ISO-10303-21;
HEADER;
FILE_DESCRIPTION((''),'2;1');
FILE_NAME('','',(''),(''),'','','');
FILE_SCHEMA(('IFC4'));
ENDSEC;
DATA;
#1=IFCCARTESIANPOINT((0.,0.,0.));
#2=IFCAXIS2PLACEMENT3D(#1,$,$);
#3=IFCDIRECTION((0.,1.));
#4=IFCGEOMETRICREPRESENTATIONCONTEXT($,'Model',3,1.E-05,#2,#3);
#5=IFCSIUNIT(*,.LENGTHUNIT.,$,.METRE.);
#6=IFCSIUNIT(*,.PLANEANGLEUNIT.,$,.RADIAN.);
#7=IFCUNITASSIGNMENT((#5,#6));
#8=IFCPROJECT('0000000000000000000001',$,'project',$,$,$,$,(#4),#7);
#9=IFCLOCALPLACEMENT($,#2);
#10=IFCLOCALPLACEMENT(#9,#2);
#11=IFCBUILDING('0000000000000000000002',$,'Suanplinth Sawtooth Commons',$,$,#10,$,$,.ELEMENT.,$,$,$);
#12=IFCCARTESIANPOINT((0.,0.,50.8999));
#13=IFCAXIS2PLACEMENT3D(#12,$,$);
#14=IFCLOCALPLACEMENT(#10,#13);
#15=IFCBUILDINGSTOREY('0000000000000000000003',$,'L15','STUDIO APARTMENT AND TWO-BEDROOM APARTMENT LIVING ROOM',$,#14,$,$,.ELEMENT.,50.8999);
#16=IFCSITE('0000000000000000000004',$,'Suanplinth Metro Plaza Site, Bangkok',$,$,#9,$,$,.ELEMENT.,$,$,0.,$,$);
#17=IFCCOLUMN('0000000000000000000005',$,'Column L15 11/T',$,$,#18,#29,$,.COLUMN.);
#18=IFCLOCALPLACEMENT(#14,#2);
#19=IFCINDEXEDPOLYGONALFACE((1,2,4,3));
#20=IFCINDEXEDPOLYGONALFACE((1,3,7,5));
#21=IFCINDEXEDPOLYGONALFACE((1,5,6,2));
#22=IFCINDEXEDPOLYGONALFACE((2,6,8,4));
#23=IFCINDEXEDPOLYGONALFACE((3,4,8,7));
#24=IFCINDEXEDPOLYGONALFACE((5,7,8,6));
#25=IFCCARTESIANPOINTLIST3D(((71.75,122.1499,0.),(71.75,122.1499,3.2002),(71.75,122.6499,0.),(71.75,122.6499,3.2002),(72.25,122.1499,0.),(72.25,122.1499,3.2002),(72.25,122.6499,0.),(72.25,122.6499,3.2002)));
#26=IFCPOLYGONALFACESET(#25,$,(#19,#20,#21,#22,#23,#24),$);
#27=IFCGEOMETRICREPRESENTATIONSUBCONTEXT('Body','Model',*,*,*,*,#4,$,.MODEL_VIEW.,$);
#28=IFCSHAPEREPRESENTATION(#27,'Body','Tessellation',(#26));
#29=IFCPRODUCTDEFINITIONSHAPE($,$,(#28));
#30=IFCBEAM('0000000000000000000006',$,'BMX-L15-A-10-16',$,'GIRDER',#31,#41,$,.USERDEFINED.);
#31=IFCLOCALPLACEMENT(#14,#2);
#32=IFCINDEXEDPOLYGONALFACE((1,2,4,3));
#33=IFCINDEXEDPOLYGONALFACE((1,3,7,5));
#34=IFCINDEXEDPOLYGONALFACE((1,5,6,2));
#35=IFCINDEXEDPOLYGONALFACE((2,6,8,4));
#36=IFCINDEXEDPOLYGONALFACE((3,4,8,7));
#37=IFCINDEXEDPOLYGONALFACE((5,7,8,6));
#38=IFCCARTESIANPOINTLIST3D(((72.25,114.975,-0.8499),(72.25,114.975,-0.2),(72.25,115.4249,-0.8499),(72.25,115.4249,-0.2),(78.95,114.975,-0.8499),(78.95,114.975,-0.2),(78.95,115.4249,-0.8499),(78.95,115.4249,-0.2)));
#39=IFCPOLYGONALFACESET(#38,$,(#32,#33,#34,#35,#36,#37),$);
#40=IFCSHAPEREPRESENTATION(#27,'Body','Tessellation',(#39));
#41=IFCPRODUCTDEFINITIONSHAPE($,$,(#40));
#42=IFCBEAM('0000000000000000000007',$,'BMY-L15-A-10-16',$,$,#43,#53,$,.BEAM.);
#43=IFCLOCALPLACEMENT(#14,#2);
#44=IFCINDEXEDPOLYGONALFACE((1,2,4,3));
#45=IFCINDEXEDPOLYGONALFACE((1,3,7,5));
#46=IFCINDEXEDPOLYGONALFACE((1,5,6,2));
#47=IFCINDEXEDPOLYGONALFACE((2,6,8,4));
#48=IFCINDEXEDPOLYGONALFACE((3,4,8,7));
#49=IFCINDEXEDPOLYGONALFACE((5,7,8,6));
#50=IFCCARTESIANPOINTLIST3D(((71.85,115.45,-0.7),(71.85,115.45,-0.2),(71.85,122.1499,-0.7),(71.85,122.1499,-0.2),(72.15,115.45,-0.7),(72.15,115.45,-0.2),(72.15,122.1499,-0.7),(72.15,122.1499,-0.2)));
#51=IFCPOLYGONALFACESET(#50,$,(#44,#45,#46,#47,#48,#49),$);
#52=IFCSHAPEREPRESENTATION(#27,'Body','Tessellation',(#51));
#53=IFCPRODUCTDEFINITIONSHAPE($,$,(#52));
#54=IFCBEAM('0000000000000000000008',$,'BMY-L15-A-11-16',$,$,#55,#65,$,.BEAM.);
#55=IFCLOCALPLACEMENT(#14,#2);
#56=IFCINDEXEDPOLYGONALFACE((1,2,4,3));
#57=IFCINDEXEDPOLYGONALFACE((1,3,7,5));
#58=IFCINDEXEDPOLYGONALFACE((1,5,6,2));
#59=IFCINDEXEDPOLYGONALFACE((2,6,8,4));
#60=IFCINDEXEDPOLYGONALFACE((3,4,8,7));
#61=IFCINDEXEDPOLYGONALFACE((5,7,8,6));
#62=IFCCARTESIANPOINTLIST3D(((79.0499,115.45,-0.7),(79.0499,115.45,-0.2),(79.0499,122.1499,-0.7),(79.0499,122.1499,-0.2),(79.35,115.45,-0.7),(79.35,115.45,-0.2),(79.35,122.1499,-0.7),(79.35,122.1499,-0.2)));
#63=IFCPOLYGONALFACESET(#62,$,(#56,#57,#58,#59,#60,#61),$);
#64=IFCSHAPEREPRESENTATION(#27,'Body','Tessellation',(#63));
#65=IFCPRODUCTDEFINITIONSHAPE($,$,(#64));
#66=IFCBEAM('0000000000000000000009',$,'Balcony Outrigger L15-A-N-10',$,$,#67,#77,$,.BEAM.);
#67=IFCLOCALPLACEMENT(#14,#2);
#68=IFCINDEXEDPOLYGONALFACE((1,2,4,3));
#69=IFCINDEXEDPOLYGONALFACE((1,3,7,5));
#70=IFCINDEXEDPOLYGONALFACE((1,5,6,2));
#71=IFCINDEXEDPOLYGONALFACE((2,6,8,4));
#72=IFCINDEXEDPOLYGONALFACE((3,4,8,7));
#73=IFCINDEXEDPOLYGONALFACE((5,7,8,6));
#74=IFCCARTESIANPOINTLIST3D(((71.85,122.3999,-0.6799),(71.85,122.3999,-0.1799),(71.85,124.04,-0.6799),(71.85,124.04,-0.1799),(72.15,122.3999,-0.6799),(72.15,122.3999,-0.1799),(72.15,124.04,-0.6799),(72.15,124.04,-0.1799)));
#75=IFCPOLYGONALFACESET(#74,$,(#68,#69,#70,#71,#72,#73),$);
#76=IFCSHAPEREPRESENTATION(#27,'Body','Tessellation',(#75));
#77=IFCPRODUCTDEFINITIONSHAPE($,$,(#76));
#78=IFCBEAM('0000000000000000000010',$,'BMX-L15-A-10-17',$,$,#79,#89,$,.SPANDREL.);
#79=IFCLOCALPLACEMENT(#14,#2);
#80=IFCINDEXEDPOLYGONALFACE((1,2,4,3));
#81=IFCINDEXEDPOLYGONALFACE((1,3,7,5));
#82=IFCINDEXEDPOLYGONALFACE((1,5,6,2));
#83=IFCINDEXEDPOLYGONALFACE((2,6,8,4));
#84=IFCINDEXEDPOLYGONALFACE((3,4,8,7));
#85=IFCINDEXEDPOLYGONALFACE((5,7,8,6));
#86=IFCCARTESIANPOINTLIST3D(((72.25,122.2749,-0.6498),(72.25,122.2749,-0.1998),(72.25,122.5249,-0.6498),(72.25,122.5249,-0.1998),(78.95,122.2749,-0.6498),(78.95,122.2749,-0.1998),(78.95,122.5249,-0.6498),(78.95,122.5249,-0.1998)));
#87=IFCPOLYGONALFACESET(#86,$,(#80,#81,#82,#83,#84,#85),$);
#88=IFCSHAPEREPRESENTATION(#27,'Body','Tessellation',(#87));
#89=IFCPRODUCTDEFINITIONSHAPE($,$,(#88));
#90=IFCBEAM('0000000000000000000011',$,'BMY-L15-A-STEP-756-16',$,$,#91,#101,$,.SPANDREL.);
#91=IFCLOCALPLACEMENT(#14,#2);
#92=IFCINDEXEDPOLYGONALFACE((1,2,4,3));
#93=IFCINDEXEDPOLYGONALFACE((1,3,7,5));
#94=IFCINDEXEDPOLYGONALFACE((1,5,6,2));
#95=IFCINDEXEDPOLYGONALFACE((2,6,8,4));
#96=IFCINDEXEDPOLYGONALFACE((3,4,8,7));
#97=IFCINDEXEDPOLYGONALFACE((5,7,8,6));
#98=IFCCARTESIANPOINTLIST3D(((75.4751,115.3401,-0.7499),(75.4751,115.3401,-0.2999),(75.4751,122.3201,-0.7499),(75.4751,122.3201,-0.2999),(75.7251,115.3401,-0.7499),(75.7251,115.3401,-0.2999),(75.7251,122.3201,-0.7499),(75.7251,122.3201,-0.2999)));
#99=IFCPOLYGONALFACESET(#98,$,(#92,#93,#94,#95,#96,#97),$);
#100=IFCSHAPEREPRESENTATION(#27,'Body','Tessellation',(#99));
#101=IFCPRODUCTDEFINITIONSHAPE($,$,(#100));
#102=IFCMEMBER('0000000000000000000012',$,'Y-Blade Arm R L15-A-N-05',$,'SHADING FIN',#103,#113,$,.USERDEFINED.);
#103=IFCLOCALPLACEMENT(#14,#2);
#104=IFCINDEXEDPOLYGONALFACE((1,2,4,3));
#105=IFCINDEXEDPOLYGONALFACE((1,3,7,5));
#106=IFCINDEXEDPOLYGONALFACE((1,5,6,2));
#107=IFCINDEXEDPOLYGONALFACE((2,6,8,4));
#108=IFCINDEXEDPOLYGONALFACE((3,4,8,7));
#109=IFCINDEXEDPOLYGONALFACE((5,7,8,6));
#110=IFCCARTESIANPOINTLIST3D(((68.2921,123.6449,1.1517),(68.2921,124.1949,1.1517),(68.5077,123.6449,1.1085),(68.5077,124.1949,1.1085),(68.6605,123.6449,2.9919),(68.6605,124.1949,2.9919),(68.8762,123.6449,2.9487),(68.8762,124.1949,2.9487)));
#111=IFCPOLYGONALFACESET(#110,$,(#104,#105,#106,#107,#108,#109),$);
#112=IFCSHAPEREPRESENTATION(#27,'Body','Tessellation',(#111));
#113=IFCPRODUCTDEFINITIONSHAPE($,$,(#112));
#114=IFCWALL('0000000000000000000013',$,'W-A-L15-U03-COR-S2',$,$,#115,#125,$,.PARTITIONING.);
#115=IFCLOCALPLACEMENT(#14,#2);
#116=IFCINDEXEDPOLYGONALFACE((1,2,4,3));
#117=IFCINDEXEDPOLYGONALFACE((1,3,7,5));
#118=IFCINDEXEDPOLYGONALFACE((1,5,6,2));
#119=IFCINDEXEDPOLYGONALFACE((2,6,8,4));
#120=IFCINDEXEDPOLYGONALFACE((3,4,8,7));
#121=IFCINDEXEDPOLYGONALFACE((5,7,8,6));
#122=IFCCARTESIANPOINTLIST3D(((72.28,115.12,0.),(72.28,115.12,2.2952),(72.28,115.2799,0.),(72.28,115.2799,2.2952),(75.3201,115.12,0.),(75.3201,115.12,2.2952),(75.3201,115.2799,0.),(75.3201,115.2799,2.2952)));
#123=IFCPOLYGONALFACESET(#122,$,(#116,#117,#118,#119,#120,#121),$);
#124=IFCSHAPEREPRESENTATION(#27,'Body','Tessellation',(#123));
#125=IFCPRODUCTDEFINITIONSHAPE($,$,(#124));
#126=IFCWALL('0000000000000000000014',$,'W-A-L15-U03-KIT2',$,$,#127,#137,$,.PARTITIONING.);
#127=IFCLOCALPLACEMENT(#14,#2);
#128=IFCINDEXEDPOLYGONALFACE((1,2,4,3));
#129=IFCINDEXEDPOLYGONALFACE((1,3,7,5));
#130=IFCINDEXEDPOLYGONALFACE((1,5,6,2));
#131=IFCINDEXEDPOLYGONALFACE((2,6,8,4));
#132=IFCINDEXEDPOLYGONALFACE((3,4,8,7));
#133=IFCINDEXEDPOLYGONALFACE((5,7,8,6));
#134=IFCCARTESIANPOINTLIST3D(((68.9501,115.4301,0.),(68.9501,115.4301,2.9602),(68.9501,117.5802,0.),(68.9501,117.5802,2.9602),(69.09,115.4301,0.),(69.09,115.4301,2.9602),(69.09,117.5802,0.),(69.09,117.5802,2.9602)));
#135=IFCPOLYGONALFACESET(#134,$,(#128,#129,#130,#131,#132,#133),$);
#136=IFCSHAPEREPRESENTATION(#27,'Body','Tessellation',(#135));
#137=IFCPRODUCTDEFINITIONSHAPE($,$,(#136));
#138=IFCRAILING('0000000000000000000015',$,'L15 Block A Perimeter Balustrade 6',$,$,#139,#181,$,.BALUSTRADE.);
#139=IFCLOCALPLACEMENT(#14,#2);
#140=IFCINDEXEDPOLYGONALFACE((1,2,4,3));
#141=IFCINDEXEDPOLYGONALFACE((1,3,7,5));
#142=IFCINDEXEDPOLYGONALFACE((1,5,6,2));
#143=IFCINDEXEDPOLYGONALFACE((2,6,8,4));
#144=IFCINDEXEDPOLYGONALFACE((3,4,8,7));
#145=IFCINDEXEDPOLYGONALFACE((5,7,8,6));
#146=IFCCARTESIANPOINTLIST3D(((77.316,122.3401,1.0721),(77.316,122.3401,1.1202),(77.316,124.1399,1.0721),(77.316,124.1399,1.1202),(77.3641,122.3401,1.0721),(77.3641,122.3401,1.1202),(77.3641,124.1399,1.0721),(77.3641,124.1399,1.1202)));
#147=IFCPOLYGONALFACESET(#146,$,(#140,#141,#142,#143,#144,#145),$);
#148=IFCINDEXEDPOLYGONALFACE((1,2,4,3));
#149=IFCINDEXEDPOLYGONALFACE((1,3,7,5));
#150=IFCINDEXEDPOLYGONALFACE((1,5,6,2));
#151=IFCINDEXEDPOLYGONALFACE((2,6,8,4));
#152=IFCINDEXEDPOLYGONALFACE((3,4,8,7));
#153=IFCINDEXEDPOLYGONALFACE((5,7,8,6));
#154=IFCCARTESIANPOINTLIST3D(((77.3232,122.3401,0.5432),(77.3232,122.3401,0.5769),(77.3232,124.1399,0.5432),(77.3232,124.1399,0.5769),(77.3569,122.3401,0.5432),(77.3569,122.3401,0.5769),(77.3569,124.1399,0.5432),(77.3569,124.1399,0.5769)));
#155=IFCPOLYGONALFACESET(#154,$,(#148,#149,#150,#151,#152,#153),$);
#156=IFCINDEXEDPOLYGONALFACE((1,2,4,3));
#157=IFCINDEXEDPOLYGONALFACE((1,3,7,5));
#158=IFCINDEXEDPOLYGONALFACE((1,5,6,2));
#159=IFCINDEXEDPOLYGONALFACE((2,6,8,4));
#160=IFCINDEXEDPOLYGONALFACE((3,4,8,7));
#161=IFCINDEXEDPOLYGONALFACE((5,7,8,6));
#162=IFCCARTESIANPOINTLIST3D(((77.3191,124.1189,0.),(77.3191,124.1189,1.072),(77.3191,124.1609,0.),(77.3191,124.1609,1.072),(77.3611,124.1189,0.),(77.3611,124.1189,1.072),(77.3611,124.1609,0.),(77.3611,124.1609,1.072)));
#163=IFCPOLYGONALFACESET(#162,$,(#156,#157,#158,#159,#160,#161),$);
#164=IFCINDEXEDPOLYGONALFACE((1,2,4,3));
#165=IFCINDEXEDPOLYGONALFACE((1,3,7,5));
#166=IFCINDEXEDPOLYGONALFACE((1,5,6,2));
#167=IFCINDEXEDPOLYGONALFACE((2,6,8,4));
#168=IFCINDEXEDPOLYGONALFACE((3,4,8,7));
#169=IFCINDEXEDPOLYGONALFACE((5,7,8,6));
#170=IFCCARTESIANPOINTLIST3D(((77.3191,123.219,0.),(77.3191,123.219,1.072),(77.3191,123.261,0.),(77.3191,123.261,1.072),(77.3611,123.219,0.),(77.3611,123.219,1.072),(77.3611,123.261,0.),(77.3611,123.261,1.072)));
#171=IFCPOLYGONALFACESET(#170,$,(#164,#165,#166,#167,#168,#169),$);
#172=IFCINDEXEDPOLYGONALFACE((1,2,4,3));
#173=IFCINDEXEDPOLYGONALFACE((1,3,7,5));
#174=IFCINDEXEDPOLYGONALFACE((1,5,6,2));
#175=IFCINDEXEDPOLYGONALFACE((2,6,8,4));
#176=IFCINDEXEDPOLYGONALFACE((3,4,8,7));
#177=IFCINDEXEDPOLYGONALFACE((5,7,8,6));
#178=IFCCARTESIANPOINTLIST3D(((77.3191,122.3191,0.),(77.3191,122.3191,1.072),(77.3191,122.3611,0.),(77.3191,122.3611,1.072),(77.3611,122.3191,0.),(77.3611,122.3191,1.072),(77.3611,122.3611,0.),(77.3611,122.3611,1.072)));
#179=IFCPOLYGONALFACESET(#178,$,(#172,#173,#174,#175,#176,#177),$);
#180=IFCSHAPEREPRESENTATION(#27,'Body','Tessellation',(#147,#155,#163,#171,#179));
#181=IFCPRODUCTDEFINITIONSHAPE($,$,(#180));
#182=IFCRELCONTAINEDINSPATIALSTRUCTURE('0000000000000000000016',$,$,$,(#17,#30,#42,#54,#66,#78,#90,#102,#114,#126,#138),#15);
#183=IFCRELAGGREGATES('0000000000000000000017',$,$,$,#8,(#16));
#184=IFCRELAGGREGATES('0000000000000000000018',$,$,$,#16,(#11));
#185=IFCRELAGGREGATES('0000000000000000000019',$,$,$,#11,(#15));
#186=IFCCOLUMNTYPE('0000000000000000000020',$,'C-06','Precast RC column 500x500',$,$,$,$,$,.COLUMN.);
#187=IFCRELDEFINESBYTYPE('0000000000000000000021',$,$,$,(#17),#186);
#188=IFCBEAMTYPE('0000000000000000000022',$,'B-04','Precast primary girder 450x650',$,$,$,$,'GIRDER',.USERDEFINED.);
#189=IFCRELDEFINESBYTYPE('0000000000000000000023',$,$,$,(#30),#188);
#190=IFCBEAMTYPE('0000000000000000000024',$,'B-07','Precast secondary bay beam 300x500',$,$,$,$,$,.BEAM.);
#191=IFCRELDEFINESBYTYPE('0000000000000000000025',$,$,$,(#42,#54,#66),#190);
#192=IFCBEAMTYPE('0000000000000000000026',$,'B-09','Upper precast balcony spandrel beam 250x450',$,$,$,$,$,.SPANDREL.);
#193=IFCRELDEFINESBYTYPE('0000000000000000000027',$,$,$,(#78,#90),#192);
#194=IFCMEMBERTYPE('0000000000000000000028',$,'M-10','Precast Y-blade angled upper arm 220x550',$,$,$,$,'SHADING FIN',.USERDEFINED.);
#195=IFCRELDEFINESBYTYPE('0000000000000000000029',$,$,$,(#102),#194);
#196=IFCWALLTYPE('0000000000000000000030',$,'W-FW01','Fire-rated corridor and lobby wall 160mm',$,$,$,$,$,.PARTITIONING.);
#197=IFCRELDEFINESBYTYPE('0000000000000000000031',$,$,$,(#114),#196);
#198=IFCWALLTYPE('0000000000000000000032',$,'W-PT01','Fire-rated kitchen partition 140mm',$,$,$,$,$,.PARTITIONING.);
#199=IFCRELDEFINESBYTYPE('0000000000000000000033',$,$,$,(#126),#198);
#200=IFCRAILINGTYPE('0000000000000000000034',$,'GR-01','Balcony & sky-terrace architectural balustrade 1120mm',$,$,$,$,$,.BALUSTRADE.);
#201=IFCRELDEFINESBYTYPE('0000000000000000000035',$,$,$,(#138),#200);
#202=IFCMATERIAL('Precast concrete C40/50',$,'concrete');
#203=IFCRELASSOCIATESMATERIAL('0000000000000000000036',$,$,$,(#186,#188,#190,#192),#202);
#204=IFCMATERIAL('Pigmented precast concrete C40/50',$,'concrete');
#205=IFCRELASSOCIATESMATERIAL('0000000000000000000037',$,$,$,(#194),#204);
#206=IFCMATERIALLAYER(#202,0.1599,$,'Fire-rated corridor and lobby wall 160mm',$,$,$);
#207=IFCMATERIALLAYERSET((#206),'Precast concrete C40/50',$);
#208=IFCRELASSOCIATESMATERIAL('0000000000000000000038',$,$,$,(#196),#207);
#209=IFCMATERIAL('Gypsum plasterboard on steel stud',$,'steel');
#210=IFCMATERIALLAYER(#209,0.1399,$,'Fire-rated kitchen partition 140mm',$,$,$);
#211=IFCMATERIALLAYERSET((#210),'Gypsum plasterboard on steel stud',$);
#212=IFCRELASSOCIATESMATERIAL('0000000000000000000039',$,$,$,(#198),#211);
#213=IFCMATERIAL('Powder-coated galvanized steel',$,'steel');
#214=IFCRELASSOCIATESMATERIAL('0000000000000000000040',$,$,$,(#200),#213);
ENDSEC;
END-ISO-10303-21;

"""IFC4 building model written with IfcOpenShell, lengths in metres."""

from ifc_helpers import new_model, si_unit, direction, frame, frame_2d, origin, origin_2d, place, context, subcontext, project, spatial, rectangle, extrude, material, layer, layer_set, material_profile, profile_set, type_object, element, save


model = new_model("IFC4")

# Units and contexts
model_context = context("Model", 3, precision=1e-05, world=origin(), true_north=direction((0.0, 1.0)))
body_context = subcontext(model_context, "Body", "Model", "MODEL_VIEW")
ifc_project = project(units=[si_unit("LENGTHUNIT", "METRE"), si_unit("PLANEANGLEUNIT", "RADIAN")], contexts=[model_context])

# Site, building, storey
site_placement = place(None, origin())
site = spatial("IfcSite", under=ifc_project, at=site_placement, Name="Suanplinth Metro Plaza Site, Bangkok", CompositionType="ELEMENT", RefElevation=0.0)
building_placement = place(site_placement, origin())
building = spatial("IfcBuilding", under=site, at=building_placement, Name="Suanplinth Sawtooth Commons", CompositionType="ELEMENT")
storey_placement = place(building_placement, frame((0.0, 0.0, 50.8999)))
storey = spatial("IfcBuildingStorey", under=building, at=storey_placement, Name="L15", Description="STUDIO APARTMENT AND TWO-BEDROOM APARTMENT LIVING ROOM", CompositionType="ELEMENT", Elevation=50.8999)

# Column
ifc_material_1 = material(Name="Precast concrete C40/50", Category="concrete")
ifc_material_profile_1 = material_profile(ifc_material_1, rectangle(XDim=0.5, YDim=0.5, at=origin_2d()), Name="PC-COL 500x500")
ifc_profile_set_1 = profile_set([ifc_material_profile_1], Name="Precast concrete C40/50")
column_type = type_object("IfcColumnType", Name="C-06", Description="Precast RC column 500x500", PredefinedType="COLUMN", material=ifc_profile_set_1)
column_placement = place(storey_placement, frame((72.0, 122.3999, 0.0), z_axis=(0.0, 0.0, 1.0), x_axis=(1.0, 0.0, 0.0)))
element("IfcColumn", 1, at=column_placement, inside=storey, type_object=column_type, Name="Column L15 11/T", PredefinedType="COLUMN", context=body_context, shape_type="SweptSolid", body=[
    extrude(rectangle(XDim=0.5, YDim=0.5, at=origin_2d()), origin(), (0.0, 0.0, 1.0), 3.2002),
])

# Beams
ifc_material_profile_2 = material_profile(ifc_material_1, rectangle(XDim=0.45, YDim=0.6499, at=origin_2d()), Name="PC-GDR 450x650")
ifc_profile_set_2 = profile_set([ifc_material_profile_2], Name="Precast concrete C40/50")
beam_type_1 = type_object("IfcBeamType", Name="B-04", Description="Precast primary girder 450x650", ElementType="GIRDER", PredefinedType="USERDEFINED", material=ifc_profile_set_2)
beam_1_placement = place(storey_placement, frame((72.25, 115.2, -0.5249), z_axis=(1.0, 0.0, 0.0), x_axis=(0.0, 1.0, 0.0)))
element("IfcBeam", 2, at=beam_1_placement, inside=storey, type_object=beam_type_1, Name="BMX-L15-A-10-16", ObjectType="GIRDER", PredefinedType="USERDEFINED", context=body_context, shape_type="SweptSolid", body=[
    extrude(rectangle(XDim=0.45, YDim=0.6499, at=origin_2d()), origin(), (0.0, 0.0, 1.0), 6.7),
])
ifc_material_profile_3 = material_profile(ifc_material_1, rectangle(XDim=0.3, YDim=0.5, at=origin_2d()), Name="PC-BM 300x500")
ifc_profile_set_3 = profile_set([ifc_material_profile_3], Name="Precast concrete C40/50")
beam_type_2 = type_object("IfcBeamType", Name="B-07", Description="Precast secondary bay beam 300x500", PredefinedType="BEAM", material=ifc_profile_set_3)
for number, where, z_axis, x_axis, name in (
    (3, (72.0, 115.45, -0.45), (0.0, 1.0, 0.0), (-1.0, 0.0, 0.0), "BMY-L15-A-10-16"),
    (4, (79.2, 115.45, -0.45), (0.0, 1.0, 0.0), (-1.0, 0.0, 0.0), "BMY-L15-A-11-16"),
):
    element("IfcBeam", number, at=place(storey_placement, frame(where, z_axis=z_axis, x_axis=x_axis)), inside=storey, type_object=beam_type_2, Name=name, PredefinedType="BEAM", context=body_context, shape_type="SweptSolid", body=[
        extrude(rectangle(XDim=0.3, YDim=0.5, at=origin_2d()), origin(), (0.0, 0.0, 1.0), 6.7),
    ])
beam_2_placement = place(storey_placement, frame((72.0, 122.3999, -0.4299), z_axis=(0.0, 1.0, 0.0), x_axis=(-1.0, 0.0, 0.0)))
element("IfcBeam", 5, at=beam_2_placement, inside=storey, type_object=beam_type_2, Name="Balcony Outrigger L15-A-N-10", PredefinedType="BEAM", context=body_context, shape_type="SweptSolid", body=[
    extrude(rectangle(XDim=0.3, YDim=0.5, at=origin_2d()), origin(), (0.0, 0.0, 1.0), 1.6401),
])
ifc_material_profile_4 = material_profile(ifc_material_1, rectangle(XDim=0.25, YDim=0.45, at=origin_2d()), Name="PC-SP 250x450")
ifc_profile_set_4 = profile_set([ifc_material_profile_4], Name="Precast concrete C40/50")
beam_type_3 = type_object("IfcBeamType", Name="B-09", Description="Upper precast balcony spandrel beam 250x450", PredefinedType="SPANDREL", material=ifc_profile_set_4)
beam_3_placement = place(storey_placement, frame((72.25, 122.3999, -0.4248), z_axis=(1.0, 0.0, 0.0), x_axis=(0.0, 1.0, 0.0)))
element("IfcBeam", 6, at=beam_3_placement, inside=storey, type_object=beam_type_3, Name="BMX-L15-A-10-17", PredefinedType="SPANDREL", context=body_context, shape_type="SweptSolid", body=[
    extrude(rectangle(XDim=0.25, YDim=0.45, at=origin_2d()), origin(), (0.0, 0.0, 1.0), 6.7),
])
beam_4_placement = place(storey_placement, frame((75.6001, 115.3401, -0.5249), z_axis=(0.0, 1.0, 0.0), x_axis=(-1.0, 0.0, 0.0)))
element("IfcBeam", 7, at=beam_4_placement, inside=storey, type_object=beam_type_3, Name="BMY-L15-A-STEP-756-16", PredefinedType="SPANDREL", context=body_context, shape_type="SweptSolid", body=[
    extrude(rectangle(XDim=0.25, YDim=0.45, at=origin_2d()), origin(), (0.0, 0.0, 1.0), 6.98),
])

# Member
ifc_material_2 = material(Name="Pigmented precast concrete C40/50", Category="concrete")
ifc_material_profile_5 = material_profile(ifc_material_2, rectangle(XDim=0.22, YDim=0.55, at=origin_2d()), Name="PC-FIN 220x550")
ifc_profile_set_5 = profile_set([ifc_material_profile_5], Name="Pigmented precast concrete C40/50")
member_type = type_object("IfcMemberType", Name="M-10", Description="Precast Y-blade angled upper arm 220x550", ElementType="SHADING FIN", PredefinedType="USERDEFINED", material=ifc_profile_set_5)
member_placement = place(storey_placement, frame((68.3999, 123.9199, 1.1301), z_axis=(0.196316, 0.0, 0.980541), x_axis=(-0.980541, 0.0, 0.196316)))
element("IfcMember", 8, at=member_placement, inside=storey, type_object=member_type, Name="Y-Blade Arm R L15-A-N-05", ObjectType="SHADING FIN", PredefinedType="USERDEFINED", context=body_context, shape_type="SweptSolid", body=[
    extrude(rectangle(XDim=0.22, YDim=0.55, at=origin_2d()), origin(), (0.0, 0.0, 1.0), 1.8767),
])

# Walls
ifc_layer_1 = layer(ifc_material_1, 0.1599, Name="Fire-rated corridor and lobby wall 160mm")
ifc_layer_set_1 = layer_set([ifc_layer_1], Name="Precast concrete C40/50")
wall_type_1 = type_object("IfcWallType", Name="W-FW01", Description="Fire-rated corridor and lobby wall 160mm", PredefinedType="PARTITIONING", material=ifc_layer_set_1)
wall_1_placement = place(storey_placement, frame((72.28, 115.2, 0.0), z_axis=(0.0, 0.0, 1.0), x_axis=(1.0, 0.0, 0.0)))
element("IfcWall", 9, at=wall_1_placement, inside=storey, type_object=wall_type_1, Name="W-A-L15-U03-COR-S2", PredefinedType="PARTITIONING", context=body_context, shape_type="SweptSolid", body=[
    extrude(rectangle(XDim=3.04, YDim=0.1599, at=frame_2d((1.52, 0.0))), origin(), (0.0, 0.0, 1.0), 2.2952),
])
ifc_material_3 = material(Name="Gypsum plasterboard on steel stud", Category="steel")
ifc_layer_2 = layer(ifc_material_3, 0.1399, Name="Fire-rated kitchen partition 140mm")
ifc_layer_set_2 = layer_set([ifc_layer_2], Name="Gypsum plasterboard on steel stud")
wall_type_2 = type_object("IfcWallType", Name="W-PT01", Description="Fire-rated kitchen partition 140mm", PredefinedType="PARTITIONING", material=ifc_layer_set_2)
wall_2_placement = place(storey_placement, frame((69.02, 115.4299, 0.0), z_axis=(0.0, 0.0, 1.0), x_axis=(0.0, 1.0, 0.0)))
element("IfcWall", 10, at=wall_2_placement, inside=storey, type_object=wall_type_2, Name="W-A-L15-U03-KIT2", PredefinedType="PARTITIONING", context=body_context, shape_type="SweptSolid", body=[
    extrude(rectangle(XDim=2.1501, YDim=0.1399, at=frame_2d((1.0752, 0.0))), origin(), (0.0, 0.0, 1.0), 2.9602),
])

# Railing
ifc_material_4 = material(Name="Powder-coated galvanized steel", Category="steel")
railing_type = type_object("IfcRailingType", Name="GR-01", Description="Balcony & sky-terrace architectural balustrade 1120mm", PredefinedType="BALUSTRADE", material=ifc_material_4)
railing_1_placement = place(storey_placement, frame((77.3401, 124.1399, 0.0)))
element("IfcRailing", 11, at=railing_1_placement, inside=storey, type_object=railing_type, Name="L15 Block A Perimeter Balustrade 6", PredefinedType="BALUSTRADE", context=body_context, shape_type="SweptSolid", body=[
    extrude(rectangle(XDim=0.0481, YDim=0.0481, at=origin_2d()), frame((0.0, 0.0, 1.0962), z_axis=(0.0, -1.0, 0.0), x_axis=(1.0, 0.0, 0.0)), (0.0, 0.0, 1.0), 1.7998),
    extrude(rectangle(XDim=0.0337, YDim=0.0337, at=origin_2d()), frame((0.0, 0.0, 0.5601), z_axis=(0.0, -1.0, 0.0), x_axis=(1.0, 0.0, 0.0)), (0.0, 0.0, 1.0), 1.7998),
    extrude(rectangle(XDim=0.042, YDim=0.042, at=origin_2d()), origin(), (0.0, 0.0, 1.0), 1.072),
    extrude(rectangle(XDim=0.042, YDim=0.042, at=origin_2d()), frame((0.0, -0.8999, 0.0)), (0.0, 0.0, 1.0), 1.072),
    extrude(rectangle(XDim=0.042, YDim=0.042, at=origin_2d()), frame((0.0, -1.7998, 0.0)), (0.0, 0.0, 1.0), 1.072),
])

save(model, "model.ifc")
